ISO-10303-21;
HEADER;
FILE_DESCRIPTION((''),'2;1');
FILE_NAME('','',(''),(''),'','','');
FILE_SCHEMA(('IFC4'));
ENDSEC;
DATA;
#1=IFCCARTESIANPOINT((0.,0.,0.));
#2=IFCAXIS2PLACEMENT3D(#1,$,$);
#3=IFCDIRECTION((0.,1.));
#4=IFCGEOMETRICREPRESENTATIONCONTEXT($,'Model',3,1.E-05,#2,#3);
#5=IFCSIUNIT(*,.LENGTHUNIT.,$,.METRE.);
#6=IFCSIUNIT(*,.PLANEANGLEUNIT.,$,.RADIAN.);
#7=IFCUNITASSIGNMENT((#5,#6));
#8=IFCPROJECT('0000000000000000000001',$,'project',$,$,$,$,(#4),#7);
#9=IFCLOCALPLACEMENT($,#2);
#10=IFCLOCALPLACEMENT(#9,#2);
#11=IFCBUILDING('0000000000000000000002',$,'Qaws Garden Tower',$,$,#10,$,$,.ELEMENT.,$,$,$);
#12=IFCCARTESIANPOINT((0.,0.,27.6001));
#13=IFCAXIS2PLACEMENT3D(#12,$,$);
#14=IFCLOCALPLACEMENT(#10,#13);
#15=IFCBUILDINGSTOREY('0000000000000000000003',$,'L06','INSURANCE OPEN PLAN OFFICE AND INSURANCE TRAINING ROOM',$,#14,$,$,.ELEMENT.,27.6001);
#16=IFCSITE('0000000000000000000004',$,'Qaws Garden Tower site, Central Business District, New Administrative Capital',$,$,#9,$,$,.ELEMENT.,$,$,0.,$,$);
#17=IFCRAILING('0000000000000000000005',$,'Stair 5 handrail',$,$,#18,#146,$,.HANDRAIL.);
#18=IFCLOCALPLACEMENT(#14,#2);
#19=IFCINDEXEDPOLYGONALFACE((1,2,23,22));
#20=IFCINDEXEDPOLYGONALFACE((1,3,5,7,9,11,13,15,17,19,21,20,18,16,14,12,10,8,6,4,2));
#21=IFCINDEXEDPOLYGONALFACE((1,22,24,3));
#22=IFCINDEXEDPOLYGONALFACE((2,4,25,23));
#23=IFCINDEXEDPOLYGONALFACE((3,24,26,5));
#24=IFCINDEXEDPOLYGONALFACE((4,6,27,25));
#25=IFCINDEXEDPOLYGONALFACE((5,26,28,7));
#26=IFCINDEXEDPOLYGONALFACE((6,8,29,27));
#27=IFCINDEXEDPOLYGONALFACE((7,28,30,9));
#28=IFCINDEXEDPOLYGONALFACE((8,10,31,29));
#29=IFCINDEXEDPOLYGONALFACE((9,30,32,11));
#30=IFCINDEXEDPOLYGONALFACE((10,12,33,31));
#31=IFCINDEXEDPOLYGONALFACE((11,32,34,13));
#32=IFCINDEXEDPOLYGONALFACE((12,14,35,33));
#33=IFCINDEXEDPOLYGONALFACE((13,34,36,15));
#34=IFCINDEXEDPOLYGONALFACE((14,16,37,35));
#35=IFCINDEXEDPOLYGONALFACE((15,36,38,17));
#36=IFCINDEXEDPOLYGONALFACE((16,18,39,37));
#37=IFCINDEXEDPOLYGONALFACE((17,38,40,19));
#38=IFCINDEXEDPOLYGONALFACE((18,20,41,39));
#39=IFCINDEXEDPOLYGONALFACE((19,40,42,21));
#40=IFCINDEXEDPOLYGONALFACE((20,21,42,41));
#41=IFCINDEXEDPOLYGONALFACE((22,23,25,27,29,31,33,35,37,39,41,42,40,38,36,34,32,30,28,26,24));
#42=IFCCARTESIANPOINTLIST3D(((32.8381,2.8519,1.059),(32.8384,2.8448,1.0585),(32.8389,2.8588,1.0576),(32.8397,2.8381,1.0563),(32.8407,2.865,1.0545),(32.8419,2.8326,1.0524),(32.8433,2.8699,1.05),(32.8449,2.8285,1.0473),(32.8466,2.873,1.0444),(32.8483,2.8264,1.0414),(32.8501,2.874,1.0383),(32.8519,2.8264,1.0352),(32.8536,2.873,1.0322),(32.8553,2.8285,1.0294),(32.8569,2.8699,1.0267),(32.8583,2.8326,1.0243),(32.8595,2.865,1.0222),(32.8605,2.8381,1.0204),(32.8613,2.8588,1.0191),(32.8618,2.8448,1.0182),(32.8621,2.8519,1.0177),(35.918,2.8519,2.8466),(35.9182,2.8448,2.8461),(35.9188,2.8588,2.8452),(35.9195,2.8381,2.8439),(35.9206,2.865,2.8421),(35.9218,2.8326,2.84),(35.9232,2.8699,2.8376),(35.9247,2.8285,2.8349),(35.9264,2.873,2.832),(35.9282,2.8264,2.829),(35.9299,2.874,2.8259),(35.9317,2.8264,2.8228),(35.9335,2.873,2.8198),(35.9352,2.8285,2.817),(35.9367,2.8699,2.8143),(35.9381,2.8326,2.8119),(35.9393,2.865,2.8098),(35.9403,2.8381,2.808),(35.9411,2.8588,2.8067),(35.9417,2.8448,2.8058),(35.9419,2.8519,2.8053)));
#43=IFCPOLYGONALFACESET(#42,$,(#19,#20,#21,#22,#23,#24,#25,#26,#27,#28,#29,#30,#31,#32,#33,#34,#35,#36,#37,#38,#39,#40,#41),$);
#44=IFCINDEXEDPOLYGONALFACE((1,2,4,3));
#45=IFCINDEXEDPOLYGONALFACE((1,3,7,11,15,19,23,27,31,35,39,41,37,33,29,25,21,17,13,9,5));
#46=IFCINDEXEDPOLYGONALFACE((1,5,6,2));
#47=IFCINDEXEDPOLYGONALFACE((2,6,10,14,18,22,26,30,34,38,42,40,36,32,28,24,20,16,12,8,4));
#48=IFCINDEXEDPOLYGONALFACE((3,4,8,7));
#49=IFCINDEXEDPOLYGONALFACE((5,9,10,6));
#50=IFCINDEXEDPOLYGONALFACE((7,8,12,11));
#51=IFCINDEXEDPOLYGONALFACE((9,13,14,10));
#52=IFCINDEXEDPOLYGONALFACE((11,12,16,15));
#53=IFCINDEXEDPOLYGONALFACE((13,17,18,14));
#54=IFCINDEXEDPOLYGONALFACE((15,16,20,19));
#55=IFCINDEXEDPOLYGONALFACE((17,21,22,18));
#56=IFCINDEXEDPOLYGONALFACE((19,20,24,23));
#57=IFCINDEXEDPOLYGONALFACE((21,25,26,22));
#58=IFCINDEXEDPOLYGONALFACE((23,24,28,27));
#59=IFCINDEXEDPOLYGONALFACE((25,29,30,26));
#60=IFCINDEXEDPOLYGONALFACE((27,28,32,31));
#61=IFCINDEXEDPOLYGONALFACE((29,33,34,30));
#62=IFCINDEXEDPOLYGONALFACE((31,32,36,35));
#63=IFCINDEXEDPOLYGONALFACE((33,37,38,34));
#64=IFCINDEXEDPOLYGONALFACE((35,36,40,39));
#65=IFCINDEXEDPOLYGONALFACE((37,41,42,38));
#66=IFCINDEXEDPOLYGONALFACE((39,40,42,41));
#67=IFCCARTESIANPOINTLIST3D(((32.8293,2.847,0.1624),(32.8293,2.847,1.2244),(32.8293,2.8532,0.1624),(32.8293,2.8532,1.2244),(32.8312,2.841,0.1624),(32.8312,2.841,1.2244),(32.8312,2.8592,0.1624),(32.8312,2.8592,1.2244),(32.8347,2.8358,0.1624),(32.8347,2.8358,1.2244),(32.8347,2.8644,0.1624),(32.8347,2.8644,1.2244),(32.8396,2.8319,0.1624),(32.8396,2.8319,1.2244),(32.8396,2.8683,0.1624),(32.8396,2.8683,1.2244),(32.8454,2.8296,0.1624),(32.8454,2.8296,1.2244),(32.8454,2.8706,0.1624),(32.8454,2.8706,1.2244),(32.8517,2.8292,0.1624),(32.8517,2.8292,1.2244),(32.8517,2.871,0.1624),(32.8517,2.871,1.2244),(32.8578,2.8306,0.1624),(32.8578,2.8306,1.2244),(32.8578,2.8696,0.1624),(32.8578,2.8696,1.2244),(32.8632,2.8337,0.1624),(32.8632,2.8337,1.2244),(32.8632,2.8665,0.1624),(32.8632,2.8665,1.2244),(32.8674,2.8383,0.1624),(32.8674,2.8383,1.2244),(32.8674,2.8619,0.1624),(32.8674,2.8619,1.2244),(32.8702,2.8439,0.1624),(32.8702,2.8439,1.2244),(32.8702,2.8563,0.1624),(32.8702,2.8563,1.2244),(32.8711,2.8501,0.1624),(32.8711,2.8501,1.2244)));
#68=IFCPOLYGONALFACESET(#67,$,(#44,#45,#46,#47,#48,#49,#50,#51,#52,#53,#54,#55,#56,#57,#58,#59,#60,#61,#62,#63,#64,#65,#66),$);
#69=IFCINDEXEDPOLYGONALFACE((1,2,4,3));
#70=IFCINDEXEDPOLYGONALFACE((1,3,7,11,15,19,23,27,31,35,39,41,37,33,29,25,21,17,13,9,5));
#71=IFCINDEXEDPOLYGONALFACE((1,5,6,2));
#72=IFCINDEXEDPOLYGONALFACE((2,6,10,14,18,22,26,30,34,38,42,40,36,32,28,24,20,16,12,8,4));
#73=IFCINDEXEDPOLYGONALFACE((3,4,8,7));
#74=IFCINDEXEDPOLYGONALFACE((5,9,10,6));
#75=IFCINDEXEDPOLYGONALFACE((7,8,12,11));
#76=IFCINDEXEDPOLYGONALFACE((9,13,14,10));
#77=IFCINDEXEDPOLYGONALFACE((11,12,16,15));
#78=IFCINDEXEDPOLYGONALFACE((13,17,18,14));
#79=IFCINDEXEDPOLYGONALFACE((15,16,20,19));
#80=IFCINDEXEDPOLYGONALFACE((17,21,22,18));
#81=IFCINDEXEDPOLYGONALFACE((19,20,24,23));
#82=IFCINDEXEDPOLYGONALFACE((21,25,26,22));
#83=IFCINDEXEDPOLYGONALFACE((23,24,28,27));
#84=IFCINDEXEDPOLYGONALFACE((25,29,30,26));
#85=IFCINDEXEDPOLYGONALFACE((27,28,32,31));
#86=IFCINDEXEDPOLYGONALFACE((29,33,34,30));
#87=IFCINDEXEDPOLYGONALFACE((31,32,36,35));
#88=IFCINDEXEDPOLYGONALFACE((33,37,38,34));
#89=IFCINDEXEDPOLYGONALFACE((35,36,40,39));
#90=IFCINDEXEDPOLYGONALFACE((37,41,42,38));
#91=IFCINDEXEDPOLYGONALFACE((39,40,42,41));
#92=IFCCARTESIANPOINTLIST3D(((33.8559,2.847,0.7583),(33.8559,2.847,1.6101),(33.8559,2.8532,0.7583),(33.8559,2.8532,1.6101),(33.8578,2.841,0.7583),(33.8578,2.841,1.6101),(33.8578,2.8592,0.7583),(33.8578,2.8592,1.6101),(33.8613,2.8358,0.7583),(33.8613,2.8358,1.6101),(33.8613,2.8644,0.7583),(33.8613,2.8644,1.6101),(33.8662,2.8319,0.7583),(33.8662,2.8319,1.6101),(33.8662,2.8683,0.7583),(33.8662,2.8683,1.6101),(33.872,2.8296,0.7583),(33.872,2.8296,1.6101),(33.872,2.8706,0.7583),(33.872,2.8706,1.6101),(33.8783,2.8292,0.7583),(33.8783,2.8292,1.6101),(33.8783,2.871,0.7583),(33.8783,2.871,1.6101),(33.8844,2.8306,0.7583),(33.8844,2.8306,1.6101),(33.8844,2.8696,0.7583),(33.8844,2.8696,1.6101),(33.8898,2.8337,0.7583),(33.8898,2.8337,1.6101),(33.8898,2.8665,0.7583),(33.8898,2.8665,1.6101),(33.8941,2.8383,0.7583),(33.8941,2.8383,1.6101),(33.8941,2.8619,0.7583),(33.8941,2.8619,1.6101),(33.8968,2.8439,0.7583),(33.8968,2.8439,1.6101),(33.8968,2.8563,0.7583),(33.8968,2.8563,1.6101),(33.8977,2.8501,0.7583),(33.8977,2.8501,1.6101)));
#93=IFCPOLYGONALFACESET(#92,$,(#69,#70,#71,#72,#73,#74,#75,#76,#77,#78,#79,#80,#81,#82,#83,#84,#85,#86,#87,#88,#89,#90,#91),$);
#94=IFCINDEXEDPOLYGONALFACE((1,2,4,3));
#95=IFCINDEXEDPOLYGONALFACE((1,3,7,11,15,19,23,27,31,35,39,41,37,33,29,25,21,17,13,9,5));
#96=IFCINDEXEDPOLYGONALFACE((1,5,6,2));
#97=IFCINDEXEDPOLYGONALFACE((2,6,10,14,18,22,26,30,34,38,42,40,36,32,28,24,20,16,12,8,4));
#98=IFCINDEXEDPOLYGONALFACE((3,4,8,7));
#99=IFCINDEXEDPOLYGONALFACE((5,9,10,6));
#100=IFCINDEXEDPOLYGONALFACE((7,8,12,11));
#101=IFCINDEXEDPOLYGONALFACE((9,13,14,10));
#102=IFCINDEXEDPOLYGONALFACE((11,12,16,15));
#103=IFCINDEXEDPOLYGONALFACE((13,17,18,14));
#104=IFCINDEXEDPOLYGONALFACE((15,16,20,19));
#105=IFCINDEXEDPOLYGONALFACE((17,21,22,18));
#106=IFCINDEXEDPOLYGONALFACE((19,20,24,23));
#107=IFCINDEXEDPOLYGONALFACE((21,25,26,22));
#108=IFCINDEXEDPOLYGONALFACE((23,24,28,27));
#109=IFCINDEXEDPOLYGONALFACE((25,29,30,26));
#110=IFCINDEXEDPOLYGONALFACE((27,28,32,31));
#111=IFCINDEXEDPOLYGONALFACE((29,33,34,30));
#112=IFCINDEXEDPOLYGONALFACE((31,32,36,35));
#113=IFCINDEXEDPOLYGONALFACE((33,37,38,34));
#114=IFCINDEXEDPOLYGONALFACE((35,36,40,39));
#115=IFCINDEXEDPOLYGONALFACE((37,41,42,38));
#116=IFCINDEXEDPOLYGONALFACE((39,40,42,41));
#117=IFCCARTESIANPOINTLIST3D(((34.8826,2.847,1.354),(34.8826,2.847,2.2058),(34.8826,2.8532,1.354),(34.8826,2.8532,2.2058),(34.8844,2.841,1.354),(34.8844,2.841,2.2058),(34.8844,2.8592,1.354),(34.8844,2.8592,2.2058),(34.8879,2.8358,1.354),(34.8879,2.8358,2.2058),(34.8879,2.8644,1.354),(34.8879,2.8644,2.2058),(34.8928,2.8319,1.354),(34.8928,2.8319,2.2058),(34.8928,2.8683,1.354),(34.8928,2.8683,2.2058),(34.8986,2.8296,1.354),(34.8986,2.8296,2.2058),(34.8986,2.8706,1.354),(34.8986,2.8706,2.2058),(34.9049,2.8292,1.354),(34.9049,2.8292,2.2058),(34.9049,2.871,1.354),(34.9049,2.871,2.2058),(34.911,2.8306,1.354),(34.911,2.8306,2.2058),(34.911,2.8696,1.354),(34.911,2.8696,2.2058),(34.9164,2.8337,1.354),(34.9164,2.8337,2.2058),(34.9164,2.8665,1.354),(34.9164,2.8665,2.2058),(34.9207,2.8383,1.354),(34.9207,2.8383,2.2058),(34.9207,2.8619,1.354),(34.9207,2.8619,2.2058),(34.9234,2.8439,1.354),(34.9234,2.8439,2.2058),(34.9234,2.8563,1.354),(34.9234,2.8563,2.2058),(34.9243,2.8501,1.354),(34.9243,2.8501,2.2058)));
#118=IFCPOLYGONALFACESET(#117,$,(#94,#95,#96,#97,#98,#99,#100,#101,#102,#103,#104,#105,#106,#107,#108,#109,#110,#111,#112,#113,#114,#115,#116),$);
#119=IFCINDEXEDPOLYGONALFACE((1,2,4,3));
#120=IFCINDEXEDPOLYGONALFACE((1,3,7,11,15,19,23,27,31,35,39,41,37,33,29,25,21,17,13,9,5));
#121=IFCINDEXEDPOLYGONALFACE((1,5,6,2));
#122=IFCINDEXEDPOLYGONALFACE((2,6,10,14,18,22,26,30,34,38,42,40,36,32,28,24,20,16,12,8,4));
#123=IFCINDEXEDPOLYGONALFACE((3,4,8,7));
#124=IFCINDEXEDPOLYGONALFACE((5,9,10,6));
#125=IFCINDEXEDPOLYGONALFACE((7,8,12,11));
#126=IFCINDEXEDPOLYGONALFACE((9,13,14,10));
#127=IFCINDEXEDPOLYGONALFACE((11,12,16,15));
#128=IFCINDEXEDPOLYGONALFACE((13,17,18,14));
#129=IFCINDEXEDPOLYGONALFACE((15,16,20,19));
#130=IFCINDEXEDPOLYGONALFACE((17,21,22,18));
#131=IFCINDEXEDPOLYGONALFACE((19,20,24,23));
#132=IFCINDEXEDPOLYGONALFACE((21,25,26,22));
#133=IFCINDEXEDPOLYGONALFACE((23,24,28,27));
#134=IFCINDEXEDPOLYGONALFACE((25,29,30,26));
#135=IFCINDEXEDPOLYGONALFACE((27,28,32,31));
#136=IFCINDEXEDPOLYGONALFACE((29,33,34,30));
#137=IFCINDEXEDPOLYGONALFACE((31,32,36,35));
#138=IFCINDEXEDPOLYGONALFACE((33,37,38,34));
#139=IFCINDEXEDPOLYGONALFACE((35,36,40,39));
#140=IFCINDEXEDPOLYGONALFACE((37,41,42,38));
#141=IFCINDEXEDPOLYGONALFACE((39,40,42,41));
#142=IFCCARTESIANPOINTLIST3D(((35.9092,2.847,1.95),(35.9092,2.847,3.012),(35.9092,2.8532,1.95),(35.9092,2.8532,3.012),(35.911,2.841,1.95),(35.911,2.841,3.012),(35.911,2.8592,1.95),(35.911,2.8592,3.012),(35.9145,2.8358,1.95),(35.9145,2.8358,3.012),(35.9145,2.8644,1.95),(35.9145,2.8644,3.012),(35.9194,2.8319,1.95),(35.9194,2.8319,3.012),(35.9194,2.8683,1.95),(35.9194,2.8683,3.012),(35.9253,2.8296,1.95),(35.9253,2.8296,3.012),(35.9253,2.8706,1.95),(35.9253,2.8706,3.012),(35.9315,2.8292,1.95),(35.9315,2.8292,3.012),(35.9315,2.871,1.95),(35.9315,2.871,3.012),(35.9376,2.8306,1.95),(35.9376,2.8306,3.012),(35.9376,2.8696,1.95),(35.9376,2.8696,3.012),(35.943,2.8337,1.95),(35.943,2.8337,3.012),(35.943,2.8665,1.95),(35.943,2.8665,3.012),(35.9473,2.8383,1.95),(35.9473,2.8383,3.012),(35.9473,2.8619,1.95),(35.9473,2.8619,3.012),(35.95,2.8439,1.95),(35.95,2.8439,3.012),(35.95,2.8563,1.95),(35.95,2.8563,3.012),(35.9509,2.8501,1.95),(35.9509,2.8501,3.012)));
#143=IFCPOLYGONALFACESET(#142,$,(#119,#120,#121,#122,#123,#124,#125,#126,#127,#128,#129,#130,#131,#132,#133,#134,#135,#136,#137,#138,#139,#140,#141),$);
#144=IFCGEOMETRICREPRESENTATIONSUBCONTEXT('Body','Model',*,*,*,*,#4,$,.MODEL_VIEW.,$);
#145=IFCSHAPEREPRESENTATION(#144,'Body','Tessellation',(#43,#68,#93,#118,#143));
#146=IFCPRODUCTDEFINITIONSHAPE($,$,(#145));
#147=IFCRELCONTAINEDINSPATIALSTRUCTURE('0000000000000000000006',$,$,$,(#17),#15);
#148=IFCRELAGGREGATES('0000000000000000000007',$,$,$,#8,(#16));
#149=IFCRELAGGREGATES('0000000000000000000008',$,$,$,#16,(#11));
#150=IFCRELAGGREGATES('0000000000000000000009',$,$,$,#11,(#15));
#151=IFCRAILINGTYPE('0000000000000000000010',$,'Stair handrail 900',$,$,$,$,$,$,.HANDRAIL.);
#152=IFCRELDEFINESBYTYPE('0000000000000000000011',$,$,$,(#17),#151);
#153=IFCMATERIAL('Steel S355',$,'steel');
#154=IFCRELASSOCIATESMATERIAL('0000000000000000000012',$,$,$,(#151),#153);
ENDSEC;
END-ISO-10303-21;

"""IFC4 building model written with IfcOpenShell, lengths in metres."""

from ifc_helpers import new_model, si_unit, direction, frame, origin, origin_2d, place, context, subcontext, project, spatial, circle, extrude, material, type_object, element, save


model = new_model("IFC4")

# Units and contexts
model_context = context("Model", 3, precision=1e-05, world=origin(), true_north=direction((0.0, 1.0)))
body_context = subcontext(model_context, "Body", "Model", "MODEL_VIEW")
ifc_project = project(units=[si_unit("LENGTHUNIT", "METRE"), si_unit("PLANEANGLEUNIT", "RADIAN")], contexts=[model_context])

# Site, building, storey
site_placement = place(None, origin())
site = spatial("IfcSite", under=ifc_project, at=site_placement, Name="Qaws Garden Tower site, Central Business District, New Administrative Capital", CompositionType="ELEMENT", RefElevation=0.0)
building_placement = place(site_placement, origin())
building = spatial("IfcBuilding", under=site, at=building_placement, Name="Qaws Garden Tower", CompositionType="ELEMENT")
storey_placement = place(building_placement, frame((0.0, 0.0, 27.6001)))
storey = spatial("IfcBuildingStorey", under=building, at=storey_placement, Name="L06", Description="INSURANCE OPEN PLAN OFFICE AND INSURANCE TRAINING ROOM", CompositionType="ELEMENT", Elevation=27.6001)

# Railing
ifc_material_1 = material(Name="Steel S355", Category="steel")
railing_type = type_object("IfcRailingType", Name="Stair handrail 900", PredefinedType="HANDRAIL", material=ifc_material_1)
railing_1_placement = place(storey_placement, frame((32.8501, 2.8501, 0.1624)))
element("IfcRailing", 1, at=railing_1_placement, inside=storey, type_object=railing_type, Name="Stair 5 handrail", PredefinedType="HANDRAIL", context=body_context, shape_type="SweptSolid", body=[
    extrude(circle(Radius=0.0239, at=origin_2d()), frame((0.0, 0.0, 0.876), z_axis=(0.864873, 0.0, 0.50199), x_axis=(0.0, 1.0, 0.0)), (0.0, 0.0, 1.0), 3.561),
    extrude(circle(Radius=0.021, at=origin_2d()), origin(), (0.0, 0.0, 1.0), 1.062),
    extrude(circle(Radius=0.021, at=origin_2d()), frame((1.0266, 0.0, 0.5959)), (0.0, 0.0, 1.0), 0.8518),
    extrude(circle(Radius=0.021, at=origin_2d()), frame((2.0532, 0.0, 1.1917)), (0.0, 0.0, 1.0), 0.8518),
    extrude(circle(Radius=0.021, at=origin_2d()), frame((3.0798, 0.0, 1.7876)), (0.0, 0.0, 1.0), 1.062),
])

save(model, "model.ifc")
